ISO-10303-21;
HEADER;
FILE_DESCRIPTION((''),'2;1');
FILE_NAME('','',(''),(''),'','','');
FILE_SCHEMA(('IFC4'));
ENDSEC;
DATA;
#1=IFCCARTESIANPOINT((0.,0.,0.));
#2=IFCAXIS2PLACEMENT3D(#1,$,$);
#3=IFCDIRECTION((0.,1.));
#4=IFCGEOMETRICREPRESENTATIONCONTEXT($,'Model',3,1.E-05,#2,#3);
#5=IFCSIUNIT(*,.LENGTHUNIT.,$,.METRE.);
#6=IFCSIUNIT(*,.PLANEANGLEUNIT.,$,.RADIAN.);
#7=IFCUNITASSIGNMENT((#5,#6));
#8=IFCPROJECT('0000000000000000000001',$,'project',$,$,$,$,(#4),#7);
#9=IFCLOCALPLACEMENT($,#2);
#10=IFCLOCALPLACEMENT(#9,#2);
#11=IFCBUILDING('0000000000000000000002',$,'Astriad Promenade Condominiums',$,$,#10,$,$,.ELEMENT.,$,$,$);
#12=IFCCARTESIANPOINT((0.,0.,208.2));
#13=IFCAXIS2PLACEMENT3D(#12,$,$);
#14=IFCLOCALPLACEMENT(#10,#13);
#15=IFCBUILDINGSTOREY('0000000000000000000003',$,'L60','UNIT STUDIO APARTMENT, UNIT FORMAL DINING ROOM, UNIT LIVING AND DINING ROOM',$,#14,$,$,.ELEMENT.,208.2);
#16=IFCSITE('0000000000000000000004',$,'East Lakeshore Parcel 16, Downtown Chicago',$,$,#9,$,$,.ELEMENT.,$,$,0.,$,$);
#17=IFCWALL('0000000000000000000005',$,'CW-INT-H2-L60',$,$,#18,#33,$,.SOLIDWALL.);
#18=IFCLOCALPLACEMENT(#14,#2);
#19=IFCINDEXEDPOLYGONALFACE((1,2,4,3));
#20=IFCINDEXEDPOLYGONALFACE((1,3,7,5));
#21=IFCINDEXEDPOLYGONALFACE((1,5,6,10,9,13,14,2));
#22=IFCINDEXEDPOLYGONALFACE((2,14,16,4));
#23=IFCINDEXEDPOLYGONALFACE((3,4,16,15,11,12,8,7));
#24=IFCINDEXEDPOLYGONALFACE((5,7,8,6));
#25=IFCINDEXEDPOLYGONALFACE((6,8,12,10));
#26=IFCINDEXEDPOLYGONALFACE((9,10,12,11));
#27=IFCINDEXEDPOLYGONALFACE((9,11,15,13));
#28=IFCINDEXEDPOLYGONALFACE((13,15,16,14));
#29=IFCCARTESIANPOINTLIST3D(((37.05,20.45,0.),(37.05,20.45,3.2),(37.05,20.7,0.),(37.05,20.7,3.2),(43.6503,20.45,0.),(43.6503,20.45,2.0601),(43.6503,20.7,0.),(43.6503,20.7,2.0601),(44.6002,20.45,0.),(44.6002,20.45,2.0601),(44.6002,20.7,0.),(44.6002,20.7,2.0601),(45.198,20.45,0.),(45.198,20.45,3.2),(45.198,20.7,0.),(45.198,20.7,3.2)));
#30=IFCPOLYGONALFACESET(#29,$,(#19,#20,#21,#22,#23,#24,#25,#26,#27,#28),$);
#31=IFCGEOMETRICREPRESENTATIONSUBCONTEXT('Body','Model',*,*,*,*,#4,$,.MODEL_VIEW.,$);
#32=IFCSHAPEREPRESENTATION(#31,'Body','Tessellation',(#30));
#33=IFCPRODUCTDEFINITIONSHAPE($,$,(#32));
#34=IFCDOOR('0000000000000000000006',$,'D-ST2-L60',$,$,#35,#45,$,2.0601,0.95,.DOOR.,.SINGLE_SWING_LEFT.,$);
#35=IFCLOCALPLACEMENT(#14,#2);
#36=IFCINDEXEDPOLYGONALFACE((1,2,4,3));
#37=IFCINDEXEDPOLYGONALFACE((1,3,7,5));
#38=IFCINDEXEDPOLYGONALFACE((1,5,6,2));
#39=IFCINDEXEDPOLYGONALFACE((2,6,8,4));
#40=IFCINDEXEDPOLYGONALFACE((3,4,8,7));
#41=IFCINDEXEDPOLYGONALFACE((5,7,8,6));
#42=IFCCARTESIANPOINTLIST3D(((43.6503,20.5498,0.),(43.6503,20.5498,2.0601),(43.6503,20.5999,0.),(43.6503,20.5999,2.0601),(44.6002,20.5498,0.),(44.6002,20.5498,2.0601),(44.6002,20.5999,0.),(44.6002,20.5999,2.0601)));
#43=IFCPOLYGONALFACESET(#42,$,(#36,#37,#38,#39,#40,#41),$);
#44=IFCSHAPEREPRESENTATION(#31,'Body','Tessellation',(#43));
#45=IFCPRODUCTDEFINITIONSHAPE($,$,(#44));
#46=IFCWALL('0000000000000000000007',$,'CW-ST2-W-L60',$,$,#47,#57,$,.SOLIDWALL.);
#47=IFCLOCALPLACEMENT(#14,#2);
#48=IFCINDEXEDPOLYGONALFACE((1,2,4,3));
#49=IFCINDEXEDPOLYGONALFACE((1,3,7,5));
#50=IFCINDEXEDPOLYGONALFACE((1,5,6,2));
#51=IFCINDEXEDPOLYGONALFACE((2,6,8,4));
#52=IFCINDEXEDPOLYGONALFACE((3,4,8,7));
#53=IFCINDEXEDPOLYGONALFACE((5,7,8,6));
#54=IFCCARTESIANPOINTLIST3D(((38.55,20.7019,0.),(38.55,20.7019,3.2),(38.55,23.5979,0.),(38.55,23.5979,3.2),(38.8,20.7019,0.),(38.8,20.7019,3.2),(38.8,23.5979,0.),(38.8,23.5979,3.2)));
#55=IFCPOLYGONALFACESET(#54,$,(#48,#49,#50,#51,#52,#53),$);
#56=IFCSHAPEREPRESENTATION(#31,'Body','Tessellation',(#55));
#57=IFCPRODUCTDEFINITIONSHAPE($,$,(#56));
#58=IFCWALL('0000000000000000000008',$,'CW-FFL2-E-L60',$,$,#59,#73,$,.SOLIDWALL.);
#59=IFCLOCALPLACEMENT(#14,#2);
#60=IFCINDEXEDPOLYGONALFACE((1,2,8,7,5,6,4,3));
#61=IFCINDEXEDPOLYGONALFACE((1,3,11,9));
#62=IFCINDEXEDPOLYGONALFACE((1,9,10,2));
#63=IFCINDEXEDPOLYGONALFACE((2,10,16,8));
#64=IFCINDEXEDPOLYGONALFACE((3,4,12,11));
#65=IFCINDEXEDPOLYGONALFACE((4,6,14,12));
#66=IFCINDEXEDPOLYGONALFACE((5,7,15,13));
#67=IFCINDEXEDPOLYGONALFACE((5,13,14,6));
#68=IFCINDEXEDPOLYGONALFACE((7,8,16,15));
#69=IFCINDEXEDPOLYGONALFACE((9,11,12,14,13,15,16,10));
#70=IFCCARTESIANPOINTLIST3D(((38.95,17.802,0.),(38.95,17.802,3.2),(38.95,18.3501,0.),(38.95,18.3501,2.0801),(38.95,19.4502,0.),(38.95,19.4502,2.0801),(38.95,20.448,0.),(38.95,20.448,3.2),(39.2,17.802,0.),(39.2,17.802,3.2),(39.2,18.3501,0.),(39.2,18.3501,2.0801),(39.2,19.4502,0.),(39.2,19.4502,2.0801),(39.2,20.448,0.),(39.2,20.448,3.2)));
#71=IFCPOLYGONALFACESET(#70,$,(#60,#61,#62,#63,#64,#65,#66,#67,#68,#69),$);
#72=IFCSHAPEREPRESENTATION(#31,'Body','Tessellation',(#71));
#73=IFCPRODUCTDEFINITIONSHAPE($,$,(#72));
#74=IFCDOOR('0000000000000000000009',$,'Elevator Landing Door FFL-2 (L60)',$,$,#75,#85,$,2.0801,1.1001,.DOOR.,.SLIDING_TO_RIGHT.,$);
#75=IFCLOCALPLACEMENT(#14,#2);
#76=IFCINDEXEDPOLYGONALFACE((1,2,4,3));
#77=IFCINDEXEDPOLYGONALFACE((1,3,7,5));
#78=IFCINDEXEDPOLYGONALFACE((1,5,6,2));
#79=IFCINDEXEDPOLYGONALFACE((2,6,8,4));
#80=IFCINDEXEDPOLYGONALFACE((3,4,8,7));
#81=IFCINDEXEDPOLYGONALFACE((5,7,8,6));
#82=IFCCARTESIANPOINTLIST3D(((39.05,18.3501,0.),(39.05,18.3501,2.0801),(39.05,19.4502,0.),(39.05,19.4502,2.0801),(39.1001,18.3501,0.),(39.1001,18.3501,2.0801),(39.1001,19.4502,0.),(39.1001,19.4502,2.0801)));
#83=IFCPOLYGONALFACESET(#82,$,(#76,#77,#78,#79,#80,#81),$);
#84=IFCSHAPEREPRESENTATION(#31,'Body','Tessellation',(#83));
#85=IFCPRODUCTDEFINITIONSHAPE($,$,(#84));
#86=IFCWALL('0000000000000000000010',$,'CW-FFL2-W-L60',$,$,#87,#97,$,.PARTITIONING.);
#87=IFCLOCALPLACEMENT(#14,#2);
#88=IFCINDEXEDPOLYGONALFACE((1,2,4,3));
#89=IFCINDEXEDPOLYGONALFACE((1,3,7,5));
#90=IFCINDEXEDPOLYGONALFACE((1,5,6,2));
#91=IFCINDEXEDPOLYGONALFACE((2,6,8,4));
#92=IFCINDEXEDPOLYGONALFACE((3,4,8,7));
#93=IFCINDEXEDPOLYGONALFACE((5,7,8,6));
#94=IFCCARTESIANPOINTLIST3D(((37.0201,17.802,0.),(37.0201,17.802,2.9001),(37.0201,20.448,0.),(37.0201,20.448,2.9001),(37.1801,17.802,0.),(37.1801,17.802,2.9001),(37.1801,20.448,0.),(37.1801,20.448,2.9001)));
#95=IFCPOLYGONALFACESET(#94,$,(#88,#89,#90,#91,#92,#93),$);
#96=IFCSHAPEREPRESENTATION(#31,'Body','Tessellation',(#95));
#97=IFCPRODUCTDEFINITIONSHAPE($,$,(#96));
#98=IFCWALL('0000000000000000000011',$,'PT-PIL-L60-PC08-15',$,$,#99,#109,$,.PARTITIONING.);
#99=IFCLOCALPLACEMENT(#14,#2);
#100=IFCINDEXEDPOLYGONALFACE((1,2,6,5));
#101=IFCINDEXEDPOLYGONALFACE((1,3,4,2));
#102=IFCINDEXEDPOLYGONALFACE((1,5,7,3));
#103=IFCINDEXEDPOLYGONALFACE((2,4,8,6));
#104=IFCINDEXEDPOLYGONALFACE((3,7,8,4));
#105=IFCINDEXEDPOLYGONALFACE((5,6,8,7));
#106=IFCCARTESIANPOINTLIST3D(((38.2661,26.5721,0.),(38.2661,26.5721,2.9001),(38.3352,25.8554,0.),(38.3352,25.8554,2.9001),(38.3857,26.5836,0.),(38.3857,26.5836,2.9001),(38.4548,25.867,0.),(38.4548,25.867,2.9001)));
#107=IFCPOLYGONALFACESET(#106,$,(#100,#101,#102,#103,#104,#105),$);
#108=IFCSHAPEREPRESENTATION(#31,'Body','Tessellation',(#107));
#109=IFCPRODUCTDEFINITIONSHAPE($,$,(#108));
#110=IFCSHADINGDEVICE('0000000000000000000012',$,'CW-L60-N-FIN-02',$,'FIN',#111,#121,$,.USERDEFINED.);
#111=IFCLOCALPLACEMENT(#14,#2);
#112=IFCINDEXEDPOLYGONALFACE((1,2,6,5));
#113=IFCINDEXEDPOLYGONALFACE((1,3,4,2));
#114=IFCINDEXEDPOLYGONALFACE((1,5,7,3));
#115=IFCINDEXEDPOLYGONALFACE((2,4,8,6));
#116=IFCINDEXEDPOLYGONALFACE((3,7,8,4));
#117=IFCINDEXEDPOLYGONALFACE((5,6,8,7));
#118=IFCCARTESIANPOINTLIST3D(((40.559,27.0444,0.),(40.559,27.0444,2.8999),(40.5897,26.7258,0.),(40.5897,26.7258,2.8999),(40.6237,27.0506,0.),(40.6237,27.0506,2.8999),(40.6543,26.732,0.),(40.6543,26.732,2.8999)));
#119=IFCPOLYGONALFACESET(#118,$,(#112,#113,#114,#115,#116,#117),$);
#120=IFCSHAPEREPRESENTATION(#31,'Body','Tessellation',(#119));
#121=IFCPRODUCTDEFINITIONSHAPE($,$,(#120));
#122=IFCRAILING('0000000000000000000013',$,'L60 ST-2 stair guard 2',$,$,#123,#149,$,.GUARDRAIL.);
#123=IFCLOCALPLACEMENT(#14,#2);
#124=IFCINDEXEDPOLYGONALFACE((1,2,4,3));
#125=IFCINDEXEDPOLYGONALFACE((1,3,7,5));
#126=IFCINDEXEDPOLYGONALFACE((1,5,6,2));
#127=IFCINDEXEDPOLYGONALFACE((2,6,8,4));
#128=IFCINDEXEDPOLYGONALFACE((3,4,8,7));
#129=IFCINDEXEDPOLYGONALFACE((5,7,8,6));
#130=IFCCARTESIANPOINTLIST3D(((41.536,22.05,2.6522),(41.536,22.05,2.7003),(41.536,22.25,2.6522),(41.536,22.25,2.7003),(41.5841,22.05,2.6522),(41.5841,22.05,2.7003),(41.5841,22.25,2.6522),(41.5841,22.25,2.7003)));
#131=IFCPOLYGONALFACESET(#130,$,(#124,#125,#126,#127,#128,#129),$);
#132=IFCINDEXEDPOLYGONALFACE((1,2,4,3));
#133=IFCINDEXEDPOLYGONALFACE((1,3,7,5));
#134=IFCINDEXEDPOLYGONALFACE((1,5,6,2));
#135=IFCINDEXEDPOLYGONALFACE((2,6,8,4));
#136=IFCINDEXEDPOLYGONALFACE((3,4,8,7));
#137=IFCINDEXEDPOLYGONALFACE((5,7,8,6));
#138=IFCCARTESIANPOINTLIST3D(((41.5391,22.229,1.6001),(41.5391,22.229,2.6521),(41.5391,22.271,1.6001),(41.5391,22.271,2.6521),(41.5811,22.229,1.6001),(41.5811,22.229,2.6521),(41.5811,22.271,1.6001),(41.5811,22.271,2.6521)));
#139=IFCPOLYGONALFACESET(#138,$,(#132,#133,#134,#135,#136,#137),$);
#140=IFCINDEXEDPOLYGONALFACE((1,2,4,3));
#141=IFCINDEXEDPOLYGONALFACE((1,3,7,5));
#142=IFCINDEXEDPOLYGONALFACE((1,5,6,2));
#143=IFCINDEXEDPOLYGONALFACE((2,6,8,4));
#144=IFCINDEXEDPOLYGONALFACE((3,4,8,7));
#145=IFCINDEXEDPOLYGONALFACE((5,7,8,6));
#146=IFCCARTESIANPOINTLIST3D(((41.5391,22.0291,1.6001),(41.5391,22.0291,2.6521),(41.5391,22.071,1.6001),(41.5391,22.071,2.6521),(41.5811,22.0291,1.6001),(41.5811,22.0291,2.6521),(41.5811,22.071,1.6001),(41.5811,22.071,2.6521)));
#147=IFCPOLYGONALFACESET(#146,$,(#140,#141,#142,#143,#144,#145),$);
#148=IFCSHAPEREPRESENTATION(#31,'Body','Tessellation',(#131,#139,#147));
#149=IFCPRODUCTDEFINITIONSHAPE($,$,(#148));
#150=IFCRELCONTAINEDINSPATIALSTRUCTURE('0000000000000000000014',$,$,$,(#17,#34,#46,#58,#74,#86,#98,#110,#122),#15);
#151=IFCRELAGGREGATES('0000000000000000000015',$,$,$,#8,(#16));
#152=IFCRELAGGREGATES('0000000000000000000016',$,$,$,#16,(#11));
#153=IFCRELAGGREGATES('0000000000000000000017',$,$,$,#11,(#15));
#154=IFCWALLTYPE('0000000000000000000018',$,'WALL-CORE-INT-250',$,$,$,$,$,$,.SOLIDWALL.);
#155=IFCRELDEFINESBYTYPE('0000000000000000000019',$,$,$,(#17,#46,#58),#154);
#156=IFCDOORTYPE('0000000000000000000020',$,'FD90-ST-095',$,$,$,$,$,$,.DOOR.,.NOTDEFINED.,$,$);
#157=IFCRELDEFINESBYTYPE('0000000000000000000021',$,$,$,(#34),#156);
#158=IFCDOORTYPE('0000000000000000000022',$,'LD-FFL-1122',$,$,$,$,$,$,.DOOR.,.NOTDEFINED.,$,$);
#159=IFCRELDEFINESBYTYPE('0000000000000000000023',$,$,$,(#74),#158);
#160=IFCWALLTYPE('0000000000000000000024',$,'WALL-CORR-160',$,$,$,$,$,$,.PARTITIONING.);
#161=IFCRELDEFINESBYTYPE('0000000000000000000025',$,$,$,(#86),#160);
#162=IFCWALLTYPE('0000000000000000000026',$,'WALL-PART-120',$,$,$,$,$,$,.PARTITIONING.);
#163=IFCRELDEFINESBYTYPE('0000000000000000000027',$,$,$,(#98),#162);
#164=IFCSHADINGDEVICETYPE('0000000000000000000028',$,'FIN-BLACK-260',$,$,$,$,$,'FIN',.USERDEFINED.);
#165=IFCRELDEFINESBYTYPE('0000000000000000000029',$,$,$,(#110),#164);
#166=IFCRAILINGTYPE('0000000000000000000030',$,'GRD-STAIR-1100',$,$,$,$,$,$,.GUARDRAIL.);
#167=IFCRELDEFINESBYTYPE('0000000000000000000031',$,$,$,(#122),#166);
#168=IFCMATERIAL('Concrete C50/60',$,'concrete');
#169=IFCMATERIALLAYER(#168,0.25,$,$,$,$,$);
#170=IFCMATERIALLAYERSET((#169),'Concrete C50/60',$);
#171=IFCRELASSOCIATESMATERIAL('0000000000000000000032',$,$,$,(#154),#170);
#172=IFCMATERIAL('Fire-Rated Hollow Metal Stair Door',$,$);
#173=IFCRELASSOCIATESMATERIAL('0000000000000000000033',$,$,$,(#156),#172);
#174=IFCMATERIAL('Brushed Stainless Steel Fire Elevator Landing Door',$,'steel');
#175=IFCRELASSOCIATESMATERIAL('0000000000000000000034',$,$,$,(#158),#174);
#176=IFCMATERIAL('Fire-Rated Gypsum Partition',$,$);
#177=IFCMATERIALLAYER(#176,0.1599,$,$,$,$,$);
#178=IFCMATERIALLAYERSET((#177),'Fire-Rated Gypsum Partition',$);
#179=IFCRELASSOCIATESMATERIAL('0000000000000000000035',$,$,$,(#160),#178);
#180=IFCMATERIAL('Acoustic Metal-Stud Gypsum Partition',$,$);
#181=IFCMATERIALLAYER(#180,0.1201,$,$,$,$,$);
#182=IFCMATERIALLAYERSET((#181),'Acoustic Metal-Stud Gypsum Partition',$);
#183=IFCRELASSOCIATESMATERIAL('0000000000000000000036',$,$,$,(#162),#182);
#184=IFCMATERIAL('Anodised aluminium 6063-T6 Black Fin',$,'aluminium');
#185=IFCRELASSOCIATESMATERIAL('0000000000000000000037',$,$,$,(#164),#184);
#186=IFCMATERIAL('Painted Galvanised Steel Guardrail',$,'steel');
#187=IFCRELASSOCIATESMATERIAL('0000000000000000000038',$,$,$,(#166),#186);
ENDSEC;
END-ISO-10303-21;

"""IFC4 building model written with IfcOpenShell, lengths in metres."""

from ifc_helpers import new_model, si_unit, direction, frame, frame_2d, origin, origin_2d, place, context, subcontext, project, spatial, rectangle, extrude, source, transform, mapped, material, layer, layer_set, type_object, type_shapes, element, fill, save


model = new_model("IFC4")

# Units and contexts
model_context = context("Model", 3, precision=1e-05, world=origin(), true_north=direction((0.0, 1.0)))
body_context = subcontext(model_context, "Body", "Model", "MODEL_VIEW")
ifc_project = project(units=[si_unit("LENGTHUNIT", "METRE"), si_unit("PLANEANGLEUNIT", "RADIAN")], contexts=[model_context])

# Site, building, storey
site_placement = place(None, origin())
site = spatial("IfcSite", under=ifc_project, at=site_placement, Name="East Lakeshore Parcel 16, Downtown Chicago", CompositionType="ELEMENT", RefElevation=0.0)
building_placement = place(site_placement, origin())
building = spatial("IfcBuilding", under=site, at=building_placement, Name="Astriad Promenade Condominiums", CompositionType="ELEMENT")
storey_placement = place(building_placement, frame((0.0, 0.0, 208.2)))
storey = spatial("IfcBuildingStorey", under=building, at=storey_placement, Name="L60", Description="UNIT STUDIO APARTMENT, UNIT FORMAL DINING ROOM, UNIT LIVING AND DINING ROOM", CompositionType="ELEMENT", Elevation=208.2)

# Shared definitions
ifc_material_1 = material(Name="Concrete C50/60", Category="concrete")

# Wall, opening, door
ifc_layer_1 = layer(ifc_material_1, 0.25)
ifc_layer_set_1 = layer_set([ifc_layer_1], Name="Concrete C50/60")
wall_type_1 = type_object("IfcWallType", Name="WALL-CORE-INT-250", PredefinedType="SOLIDWALL", material=ifc_layer_set_1)
wall_1_placement = place(storey_placement, frame((37.05, 20.575, 0.0), z_axis=(0.0, 0.0, 1.0), x_axis=(1.0, 0.0, 0.0)))
wall_1 = element("IfcWall", 1, at=wall_1_placement, inside=storey, type_object=wall_type_1, Name="CW-INT-H2-L60", PredefinedType="SOLIDWALL", context=body_context, shape_type="SweptSolid", body=[
    extrude(rectangle(XDim=8.1479, YDim=0.25, at=frame_2d((4.074, 0.0))), origin(), (0.0, 0.0, 1.0), 3.2),
])
opening_1_placement = place(wall_1_placement, frame((6.6001, 0.0, 0.0)))
opening_1 = element("IfcOpeningElement", 2, at=opening_1_placement, cuts=wall_1, PredefinedType="OPENING", context=body_context, shape_type="SweptSolid", body=[
    extrude(rectangle(XDim=0.95, YDim=2.0601, at=frame_2d((0.4751, 1.03))), frame((0.0, 0.135, 0.0), z_axis=(0.0, -1.0, 0.0), x_axis=(1.0, 0.0, 0.0)), (0.0, 0.0, 1.0), 0.27),
])
ifc_material_2 = material(Name="Fire-Rated Hollow Metal Stair Door")
door_type_1 = type_object("IfcDoorType", Name="FD90-ST-095", OperationType="NOTDEFINED", PredefinedType="DOOR", material=ifc_material_2)
shared_shape_1 = source(origin(), body_context, "Body", "SweptSolid", [
    extrude(rectangle(XDim=0.95, YDim=2.0601, at=frame_2d((0.4751, 1.03))), frame((0.0, 0.0249, 0.0), z_axis=(0.0, -1.0, 0.0), x_axis=(1.0, 0.0, 0.0)), (0.0, 0.0, 1.0), 0.05),
])
type_shapes(door_type_1, [shared_shape_1])
door_1_placement = place(opening_1_placement, origin())
door_1 = element("IfcDoor", 3, at=door_1_placement, inside=storey, type_object=door_type_1, Name="D-ST2-L60", OperationType="SINGLE_SWING_LEFT", OverallHeight=2.0601, OverallWidth=0.95, PredefinedType="DOOR", context=body_context, shape_type="MappedRepresentation", body=[
    mapped(shared_shape_1, transform((0.0, 0.0, 0.0), scale=1.0)),
])
fill(opening_1, door_1)

# Wall
wall_2_placement = place(storey_placement, frame((38.675, 20.7019, 0.0), z_axis=(0.0, 0.0, 1.0), x_axis=(0.0, 1.0, 0.0)))
element("IfcWall", 4, at=wall_2_placement, inside=storey, type_object=wall_type_1, Name="CW-ST2-W-L60", PredefinedType="SOLIDWALL", context=body_context, shape_type="SweptSolid", body=[
    extrude(rectangle(XDim=2.896, YDim=0.25, at=frame_2d((1.448, 0.0))), origin(), (0.0, 0.0, 1.0), 3.2),
])

# Wall, opening, door
wall_3_placement = place(storey_placement, frame((39.075, 17.802, 0.0), z_axis=(0.0, 0.0, 1.0), x_axis=(0.0, 1.0, 0.0)))
wall_3 = element("IfcWall", 5, at=wall_3_placement, inside=storey, type_object=wall_type_1, Name="CW-FFL2-E-L60", PredefinedType="SOLIDWALL", context=body_context, shape_type="SweptSolid", body=[
    extrude(rectangle(XDim=2.646, YDim=0.25, at=frame_2d((1.323, 0.0))), origin(), (0.0, 0.0, 1.0), 3.2),
])
opening_2_placement = place(wall_3_placement, frame((0.5481, 0.0, 0.0)))
opening_2 = element("IfcOpeningElement", 6, at=opening_2_placement, cuts=wall_3, PredefinedType="OPENING", context=body_context, shape_type="SweptSolid", body=[
    extrude(rectangle(XDim=1.1001, YDim=2.0801, at=frame_2d((0.55, 1.04))), frame((0.0, 0.135, 0.0), z_axis=(0.0, -1.0, 0.0), x_axis=(1.0, 0.0, 0.0)), (0.0, 0.0, 1.0), 0.27),
])
ifc_material_3 = material(Name="Brushed Stainless Steel Fire Elevator Landing Door", Category="steel")
door_type_2 = type_object("IfcDoorType", Name="LD-FFL-1122", OperationType="NOTDEFINED", PredefinedType="DOOR", material=ifc_material_3)
shared_shape_2 = source(origin(), body_context, "Body", "SweptSolid", [
    extrude(rectangle(XDim=1.1001, YDim=2.0801, at=frame_2d((0.55, 1.04))), frame((0.0, 0.0249, 0.0), z_axis=(0.0, -1.0, 0.0), x_axis=(1.0, 0.0, 0.0)), (0.0, 0.0, 1.0), 0.05),
])
type_shapes(door_type_2, [shared_shape_2])
door_2_placement = place(opening_2_placement, origin())
door_2 = element("IfcDoor", 7, at=door_2_placement, inside=storey, type_object=door_type_2, Name="Elevator Landing Door FFL-2 (L60)", OperationType="SLIDING_TO_RIGHT", OverallHeight=2.0801, OverallWidth=1.1001, PredefinedType="DOOR", context=body_context, shape_type="MappedRepresentation", body=[
    mapped(shared_shape_2, transform((0.0, 0.0, 0.0), scale=1.0)),
])
fill(opening_2, door_2)

# Walls
ifc_material_4 = material(Name="Fire-Rated Gypsum Partition")
ifc_layer_2 = layer(ifc_material_4, 0.1599)
ifc_layer_set_2 = layer_set([ifc_layer_2], Name="Fire-Rated Gypsum Partition")
wall_type_2 = type_object("IfcWallType", Name="WALL-CORR-160", PredefinedType="PARTITIONING", material=ifc_layer_set_2)
wall_4_placement = place(storey_placement, frame((37.1001, 17.802, 0.0), z_axis=(0.0, 0.0, 1.0), x_axis=(0.0, 1.0, 0.0)))
element("IfcWall", 8, at=wall_4_placement, inside=storey, type_object=wall_type_2, Name="CW-FFL2-W-L60", PredefinedType="PARTITIONING", context=body_context, shape_type="SweptSolid", body=[
    extrude(rectangle(XDim=2.646, YDim=0.1599, at=frame_2d((1.323, 0.0))), origin(), (0.0, 0.0, 1.0), 2.9001),
])
ifc_material_5 = material(Name="Acoustic Metal-Stud Gypsum Partition")
ifc_layer_3 = layer(ifc_material_5, 0.1201)
ifc_layer_set_3 = layer_set([ifc_layer_3], Name="Acoustic Metal-Stud Gypsum Partition")
wall_type_3 = type_object("IfcWallType", Name="WALL-PART-120", PredefinedType="PARTITIONING", material=ifc_layer_set_3)
wall_5_placement = place(storey_placement, frame((38.395, 25.8613, 0.0), z_axis=(0.0, 0.0, 1.0), x_axis=(-0.095977, 0.995384, 0.0)))
element("IfcWall", 9, at=wall_5_placement, inside=storey, type_object=wall_type_3, Name="PT-PIL-L60-PC08-15", PredefinedType="PARTITIONING", context=body_context, shape_type="SweptSolid", body=[
    extrude(rectangle(XDim=0.72, YDim=0.1201, at=frame_2d((0.3599, 0.0))), origin(), (0.0, 0.0, 1.0), 2.9001),
])

# Shading device
ifc_material_6 = material(Name="Anodised aluminium 6063-T6 Black Fin", Category="aluminium")
shading_device_type = type_object("IfcShadingDeviceType", Name="FIN-BLACK-260", ElementType="FIN", PredefinedType="USERDEFINED", material=ifc_material_6)
shared_shape_3 = source(origin(), body_context, "Body", "SweptSolid", [
    extrude(rectangle(XDim=0.0649, YDim=0.3201, at=origin_2d()), origin(), (0.0, 0.0, 1.0), 2.8999),
])
type_shapes(shading_device_type, [shared_shape_3])
shading_device_placement = place(storey_placement, frame((40.6067, 26.8882, 0.0), z_axis=(0.0, 0.0, 1.0), x_axis=(0.995396, 0.095846, 0.0)))
element("IfcShadingDevice", 10, at=shading_device_placement, inside=storey, type_object=shading_device_type, Name="CW-L60-N-FIN-02", ObjectType="FIN", PredefinedType="USERDEFINED", context=body_context, shape_type="MappedRepresentation", body=[
    mapped(shared_shape_3, transform((0.0, 0.0, 0.0), scale=1.0)),
])

# Railing
ifc_material_7 = material(Name="Painted Galvanised Steel Guardrail", Category="steel")
railing_type = type_object("IfcRailingType", Name="GRD-STAIR-1100", PredefinedType="GUARDRAIL", material=ifc_material_7)
shared_shape_4 = source(origin(), body_context, "Body", "SweptSolid", [
    extrude(rectangle(XDim=0.0481, YDim=0.0481, at=origin_2d()), frame((0.0, 0.0, 1.0762), z_axis=(0.0, -1.0, 0.0), x_axis=(1.0, 0.0, 0.0)), (0.0, 0.0, 1.0), 0.2),
    extrude(rectangle(XDim=0.042, YDim=0.042, at=origin_2d()), origin(), (0.0, 0.0, 1.0), 1.052),
    extrude(rectangle(XDim=0.042, YDim=0.042, at=origin_2d()), frame((0.0, -0.2, 0.0)), (0.0, 0.0, 1.0), 1.052),
])
type_shapes(railing_type, [shared_shape_4])
railing_placement = place(storey_placement, frame((41.5601, 22.25, 1.6001)))
element("IfcRailing", 11, at=railing_placement, inside=storey, type_object=railing_type, Name="L60 ST-2 stair guard 2", PredefinedType="GUARDRAIL", context=body_context, shape_type="MappedRepresentation", body=[
    mapped(shared_shape_4, transform((0.0, 0.0, 0.0), scale=1.0)),
])

save(model, "model.ifc")
